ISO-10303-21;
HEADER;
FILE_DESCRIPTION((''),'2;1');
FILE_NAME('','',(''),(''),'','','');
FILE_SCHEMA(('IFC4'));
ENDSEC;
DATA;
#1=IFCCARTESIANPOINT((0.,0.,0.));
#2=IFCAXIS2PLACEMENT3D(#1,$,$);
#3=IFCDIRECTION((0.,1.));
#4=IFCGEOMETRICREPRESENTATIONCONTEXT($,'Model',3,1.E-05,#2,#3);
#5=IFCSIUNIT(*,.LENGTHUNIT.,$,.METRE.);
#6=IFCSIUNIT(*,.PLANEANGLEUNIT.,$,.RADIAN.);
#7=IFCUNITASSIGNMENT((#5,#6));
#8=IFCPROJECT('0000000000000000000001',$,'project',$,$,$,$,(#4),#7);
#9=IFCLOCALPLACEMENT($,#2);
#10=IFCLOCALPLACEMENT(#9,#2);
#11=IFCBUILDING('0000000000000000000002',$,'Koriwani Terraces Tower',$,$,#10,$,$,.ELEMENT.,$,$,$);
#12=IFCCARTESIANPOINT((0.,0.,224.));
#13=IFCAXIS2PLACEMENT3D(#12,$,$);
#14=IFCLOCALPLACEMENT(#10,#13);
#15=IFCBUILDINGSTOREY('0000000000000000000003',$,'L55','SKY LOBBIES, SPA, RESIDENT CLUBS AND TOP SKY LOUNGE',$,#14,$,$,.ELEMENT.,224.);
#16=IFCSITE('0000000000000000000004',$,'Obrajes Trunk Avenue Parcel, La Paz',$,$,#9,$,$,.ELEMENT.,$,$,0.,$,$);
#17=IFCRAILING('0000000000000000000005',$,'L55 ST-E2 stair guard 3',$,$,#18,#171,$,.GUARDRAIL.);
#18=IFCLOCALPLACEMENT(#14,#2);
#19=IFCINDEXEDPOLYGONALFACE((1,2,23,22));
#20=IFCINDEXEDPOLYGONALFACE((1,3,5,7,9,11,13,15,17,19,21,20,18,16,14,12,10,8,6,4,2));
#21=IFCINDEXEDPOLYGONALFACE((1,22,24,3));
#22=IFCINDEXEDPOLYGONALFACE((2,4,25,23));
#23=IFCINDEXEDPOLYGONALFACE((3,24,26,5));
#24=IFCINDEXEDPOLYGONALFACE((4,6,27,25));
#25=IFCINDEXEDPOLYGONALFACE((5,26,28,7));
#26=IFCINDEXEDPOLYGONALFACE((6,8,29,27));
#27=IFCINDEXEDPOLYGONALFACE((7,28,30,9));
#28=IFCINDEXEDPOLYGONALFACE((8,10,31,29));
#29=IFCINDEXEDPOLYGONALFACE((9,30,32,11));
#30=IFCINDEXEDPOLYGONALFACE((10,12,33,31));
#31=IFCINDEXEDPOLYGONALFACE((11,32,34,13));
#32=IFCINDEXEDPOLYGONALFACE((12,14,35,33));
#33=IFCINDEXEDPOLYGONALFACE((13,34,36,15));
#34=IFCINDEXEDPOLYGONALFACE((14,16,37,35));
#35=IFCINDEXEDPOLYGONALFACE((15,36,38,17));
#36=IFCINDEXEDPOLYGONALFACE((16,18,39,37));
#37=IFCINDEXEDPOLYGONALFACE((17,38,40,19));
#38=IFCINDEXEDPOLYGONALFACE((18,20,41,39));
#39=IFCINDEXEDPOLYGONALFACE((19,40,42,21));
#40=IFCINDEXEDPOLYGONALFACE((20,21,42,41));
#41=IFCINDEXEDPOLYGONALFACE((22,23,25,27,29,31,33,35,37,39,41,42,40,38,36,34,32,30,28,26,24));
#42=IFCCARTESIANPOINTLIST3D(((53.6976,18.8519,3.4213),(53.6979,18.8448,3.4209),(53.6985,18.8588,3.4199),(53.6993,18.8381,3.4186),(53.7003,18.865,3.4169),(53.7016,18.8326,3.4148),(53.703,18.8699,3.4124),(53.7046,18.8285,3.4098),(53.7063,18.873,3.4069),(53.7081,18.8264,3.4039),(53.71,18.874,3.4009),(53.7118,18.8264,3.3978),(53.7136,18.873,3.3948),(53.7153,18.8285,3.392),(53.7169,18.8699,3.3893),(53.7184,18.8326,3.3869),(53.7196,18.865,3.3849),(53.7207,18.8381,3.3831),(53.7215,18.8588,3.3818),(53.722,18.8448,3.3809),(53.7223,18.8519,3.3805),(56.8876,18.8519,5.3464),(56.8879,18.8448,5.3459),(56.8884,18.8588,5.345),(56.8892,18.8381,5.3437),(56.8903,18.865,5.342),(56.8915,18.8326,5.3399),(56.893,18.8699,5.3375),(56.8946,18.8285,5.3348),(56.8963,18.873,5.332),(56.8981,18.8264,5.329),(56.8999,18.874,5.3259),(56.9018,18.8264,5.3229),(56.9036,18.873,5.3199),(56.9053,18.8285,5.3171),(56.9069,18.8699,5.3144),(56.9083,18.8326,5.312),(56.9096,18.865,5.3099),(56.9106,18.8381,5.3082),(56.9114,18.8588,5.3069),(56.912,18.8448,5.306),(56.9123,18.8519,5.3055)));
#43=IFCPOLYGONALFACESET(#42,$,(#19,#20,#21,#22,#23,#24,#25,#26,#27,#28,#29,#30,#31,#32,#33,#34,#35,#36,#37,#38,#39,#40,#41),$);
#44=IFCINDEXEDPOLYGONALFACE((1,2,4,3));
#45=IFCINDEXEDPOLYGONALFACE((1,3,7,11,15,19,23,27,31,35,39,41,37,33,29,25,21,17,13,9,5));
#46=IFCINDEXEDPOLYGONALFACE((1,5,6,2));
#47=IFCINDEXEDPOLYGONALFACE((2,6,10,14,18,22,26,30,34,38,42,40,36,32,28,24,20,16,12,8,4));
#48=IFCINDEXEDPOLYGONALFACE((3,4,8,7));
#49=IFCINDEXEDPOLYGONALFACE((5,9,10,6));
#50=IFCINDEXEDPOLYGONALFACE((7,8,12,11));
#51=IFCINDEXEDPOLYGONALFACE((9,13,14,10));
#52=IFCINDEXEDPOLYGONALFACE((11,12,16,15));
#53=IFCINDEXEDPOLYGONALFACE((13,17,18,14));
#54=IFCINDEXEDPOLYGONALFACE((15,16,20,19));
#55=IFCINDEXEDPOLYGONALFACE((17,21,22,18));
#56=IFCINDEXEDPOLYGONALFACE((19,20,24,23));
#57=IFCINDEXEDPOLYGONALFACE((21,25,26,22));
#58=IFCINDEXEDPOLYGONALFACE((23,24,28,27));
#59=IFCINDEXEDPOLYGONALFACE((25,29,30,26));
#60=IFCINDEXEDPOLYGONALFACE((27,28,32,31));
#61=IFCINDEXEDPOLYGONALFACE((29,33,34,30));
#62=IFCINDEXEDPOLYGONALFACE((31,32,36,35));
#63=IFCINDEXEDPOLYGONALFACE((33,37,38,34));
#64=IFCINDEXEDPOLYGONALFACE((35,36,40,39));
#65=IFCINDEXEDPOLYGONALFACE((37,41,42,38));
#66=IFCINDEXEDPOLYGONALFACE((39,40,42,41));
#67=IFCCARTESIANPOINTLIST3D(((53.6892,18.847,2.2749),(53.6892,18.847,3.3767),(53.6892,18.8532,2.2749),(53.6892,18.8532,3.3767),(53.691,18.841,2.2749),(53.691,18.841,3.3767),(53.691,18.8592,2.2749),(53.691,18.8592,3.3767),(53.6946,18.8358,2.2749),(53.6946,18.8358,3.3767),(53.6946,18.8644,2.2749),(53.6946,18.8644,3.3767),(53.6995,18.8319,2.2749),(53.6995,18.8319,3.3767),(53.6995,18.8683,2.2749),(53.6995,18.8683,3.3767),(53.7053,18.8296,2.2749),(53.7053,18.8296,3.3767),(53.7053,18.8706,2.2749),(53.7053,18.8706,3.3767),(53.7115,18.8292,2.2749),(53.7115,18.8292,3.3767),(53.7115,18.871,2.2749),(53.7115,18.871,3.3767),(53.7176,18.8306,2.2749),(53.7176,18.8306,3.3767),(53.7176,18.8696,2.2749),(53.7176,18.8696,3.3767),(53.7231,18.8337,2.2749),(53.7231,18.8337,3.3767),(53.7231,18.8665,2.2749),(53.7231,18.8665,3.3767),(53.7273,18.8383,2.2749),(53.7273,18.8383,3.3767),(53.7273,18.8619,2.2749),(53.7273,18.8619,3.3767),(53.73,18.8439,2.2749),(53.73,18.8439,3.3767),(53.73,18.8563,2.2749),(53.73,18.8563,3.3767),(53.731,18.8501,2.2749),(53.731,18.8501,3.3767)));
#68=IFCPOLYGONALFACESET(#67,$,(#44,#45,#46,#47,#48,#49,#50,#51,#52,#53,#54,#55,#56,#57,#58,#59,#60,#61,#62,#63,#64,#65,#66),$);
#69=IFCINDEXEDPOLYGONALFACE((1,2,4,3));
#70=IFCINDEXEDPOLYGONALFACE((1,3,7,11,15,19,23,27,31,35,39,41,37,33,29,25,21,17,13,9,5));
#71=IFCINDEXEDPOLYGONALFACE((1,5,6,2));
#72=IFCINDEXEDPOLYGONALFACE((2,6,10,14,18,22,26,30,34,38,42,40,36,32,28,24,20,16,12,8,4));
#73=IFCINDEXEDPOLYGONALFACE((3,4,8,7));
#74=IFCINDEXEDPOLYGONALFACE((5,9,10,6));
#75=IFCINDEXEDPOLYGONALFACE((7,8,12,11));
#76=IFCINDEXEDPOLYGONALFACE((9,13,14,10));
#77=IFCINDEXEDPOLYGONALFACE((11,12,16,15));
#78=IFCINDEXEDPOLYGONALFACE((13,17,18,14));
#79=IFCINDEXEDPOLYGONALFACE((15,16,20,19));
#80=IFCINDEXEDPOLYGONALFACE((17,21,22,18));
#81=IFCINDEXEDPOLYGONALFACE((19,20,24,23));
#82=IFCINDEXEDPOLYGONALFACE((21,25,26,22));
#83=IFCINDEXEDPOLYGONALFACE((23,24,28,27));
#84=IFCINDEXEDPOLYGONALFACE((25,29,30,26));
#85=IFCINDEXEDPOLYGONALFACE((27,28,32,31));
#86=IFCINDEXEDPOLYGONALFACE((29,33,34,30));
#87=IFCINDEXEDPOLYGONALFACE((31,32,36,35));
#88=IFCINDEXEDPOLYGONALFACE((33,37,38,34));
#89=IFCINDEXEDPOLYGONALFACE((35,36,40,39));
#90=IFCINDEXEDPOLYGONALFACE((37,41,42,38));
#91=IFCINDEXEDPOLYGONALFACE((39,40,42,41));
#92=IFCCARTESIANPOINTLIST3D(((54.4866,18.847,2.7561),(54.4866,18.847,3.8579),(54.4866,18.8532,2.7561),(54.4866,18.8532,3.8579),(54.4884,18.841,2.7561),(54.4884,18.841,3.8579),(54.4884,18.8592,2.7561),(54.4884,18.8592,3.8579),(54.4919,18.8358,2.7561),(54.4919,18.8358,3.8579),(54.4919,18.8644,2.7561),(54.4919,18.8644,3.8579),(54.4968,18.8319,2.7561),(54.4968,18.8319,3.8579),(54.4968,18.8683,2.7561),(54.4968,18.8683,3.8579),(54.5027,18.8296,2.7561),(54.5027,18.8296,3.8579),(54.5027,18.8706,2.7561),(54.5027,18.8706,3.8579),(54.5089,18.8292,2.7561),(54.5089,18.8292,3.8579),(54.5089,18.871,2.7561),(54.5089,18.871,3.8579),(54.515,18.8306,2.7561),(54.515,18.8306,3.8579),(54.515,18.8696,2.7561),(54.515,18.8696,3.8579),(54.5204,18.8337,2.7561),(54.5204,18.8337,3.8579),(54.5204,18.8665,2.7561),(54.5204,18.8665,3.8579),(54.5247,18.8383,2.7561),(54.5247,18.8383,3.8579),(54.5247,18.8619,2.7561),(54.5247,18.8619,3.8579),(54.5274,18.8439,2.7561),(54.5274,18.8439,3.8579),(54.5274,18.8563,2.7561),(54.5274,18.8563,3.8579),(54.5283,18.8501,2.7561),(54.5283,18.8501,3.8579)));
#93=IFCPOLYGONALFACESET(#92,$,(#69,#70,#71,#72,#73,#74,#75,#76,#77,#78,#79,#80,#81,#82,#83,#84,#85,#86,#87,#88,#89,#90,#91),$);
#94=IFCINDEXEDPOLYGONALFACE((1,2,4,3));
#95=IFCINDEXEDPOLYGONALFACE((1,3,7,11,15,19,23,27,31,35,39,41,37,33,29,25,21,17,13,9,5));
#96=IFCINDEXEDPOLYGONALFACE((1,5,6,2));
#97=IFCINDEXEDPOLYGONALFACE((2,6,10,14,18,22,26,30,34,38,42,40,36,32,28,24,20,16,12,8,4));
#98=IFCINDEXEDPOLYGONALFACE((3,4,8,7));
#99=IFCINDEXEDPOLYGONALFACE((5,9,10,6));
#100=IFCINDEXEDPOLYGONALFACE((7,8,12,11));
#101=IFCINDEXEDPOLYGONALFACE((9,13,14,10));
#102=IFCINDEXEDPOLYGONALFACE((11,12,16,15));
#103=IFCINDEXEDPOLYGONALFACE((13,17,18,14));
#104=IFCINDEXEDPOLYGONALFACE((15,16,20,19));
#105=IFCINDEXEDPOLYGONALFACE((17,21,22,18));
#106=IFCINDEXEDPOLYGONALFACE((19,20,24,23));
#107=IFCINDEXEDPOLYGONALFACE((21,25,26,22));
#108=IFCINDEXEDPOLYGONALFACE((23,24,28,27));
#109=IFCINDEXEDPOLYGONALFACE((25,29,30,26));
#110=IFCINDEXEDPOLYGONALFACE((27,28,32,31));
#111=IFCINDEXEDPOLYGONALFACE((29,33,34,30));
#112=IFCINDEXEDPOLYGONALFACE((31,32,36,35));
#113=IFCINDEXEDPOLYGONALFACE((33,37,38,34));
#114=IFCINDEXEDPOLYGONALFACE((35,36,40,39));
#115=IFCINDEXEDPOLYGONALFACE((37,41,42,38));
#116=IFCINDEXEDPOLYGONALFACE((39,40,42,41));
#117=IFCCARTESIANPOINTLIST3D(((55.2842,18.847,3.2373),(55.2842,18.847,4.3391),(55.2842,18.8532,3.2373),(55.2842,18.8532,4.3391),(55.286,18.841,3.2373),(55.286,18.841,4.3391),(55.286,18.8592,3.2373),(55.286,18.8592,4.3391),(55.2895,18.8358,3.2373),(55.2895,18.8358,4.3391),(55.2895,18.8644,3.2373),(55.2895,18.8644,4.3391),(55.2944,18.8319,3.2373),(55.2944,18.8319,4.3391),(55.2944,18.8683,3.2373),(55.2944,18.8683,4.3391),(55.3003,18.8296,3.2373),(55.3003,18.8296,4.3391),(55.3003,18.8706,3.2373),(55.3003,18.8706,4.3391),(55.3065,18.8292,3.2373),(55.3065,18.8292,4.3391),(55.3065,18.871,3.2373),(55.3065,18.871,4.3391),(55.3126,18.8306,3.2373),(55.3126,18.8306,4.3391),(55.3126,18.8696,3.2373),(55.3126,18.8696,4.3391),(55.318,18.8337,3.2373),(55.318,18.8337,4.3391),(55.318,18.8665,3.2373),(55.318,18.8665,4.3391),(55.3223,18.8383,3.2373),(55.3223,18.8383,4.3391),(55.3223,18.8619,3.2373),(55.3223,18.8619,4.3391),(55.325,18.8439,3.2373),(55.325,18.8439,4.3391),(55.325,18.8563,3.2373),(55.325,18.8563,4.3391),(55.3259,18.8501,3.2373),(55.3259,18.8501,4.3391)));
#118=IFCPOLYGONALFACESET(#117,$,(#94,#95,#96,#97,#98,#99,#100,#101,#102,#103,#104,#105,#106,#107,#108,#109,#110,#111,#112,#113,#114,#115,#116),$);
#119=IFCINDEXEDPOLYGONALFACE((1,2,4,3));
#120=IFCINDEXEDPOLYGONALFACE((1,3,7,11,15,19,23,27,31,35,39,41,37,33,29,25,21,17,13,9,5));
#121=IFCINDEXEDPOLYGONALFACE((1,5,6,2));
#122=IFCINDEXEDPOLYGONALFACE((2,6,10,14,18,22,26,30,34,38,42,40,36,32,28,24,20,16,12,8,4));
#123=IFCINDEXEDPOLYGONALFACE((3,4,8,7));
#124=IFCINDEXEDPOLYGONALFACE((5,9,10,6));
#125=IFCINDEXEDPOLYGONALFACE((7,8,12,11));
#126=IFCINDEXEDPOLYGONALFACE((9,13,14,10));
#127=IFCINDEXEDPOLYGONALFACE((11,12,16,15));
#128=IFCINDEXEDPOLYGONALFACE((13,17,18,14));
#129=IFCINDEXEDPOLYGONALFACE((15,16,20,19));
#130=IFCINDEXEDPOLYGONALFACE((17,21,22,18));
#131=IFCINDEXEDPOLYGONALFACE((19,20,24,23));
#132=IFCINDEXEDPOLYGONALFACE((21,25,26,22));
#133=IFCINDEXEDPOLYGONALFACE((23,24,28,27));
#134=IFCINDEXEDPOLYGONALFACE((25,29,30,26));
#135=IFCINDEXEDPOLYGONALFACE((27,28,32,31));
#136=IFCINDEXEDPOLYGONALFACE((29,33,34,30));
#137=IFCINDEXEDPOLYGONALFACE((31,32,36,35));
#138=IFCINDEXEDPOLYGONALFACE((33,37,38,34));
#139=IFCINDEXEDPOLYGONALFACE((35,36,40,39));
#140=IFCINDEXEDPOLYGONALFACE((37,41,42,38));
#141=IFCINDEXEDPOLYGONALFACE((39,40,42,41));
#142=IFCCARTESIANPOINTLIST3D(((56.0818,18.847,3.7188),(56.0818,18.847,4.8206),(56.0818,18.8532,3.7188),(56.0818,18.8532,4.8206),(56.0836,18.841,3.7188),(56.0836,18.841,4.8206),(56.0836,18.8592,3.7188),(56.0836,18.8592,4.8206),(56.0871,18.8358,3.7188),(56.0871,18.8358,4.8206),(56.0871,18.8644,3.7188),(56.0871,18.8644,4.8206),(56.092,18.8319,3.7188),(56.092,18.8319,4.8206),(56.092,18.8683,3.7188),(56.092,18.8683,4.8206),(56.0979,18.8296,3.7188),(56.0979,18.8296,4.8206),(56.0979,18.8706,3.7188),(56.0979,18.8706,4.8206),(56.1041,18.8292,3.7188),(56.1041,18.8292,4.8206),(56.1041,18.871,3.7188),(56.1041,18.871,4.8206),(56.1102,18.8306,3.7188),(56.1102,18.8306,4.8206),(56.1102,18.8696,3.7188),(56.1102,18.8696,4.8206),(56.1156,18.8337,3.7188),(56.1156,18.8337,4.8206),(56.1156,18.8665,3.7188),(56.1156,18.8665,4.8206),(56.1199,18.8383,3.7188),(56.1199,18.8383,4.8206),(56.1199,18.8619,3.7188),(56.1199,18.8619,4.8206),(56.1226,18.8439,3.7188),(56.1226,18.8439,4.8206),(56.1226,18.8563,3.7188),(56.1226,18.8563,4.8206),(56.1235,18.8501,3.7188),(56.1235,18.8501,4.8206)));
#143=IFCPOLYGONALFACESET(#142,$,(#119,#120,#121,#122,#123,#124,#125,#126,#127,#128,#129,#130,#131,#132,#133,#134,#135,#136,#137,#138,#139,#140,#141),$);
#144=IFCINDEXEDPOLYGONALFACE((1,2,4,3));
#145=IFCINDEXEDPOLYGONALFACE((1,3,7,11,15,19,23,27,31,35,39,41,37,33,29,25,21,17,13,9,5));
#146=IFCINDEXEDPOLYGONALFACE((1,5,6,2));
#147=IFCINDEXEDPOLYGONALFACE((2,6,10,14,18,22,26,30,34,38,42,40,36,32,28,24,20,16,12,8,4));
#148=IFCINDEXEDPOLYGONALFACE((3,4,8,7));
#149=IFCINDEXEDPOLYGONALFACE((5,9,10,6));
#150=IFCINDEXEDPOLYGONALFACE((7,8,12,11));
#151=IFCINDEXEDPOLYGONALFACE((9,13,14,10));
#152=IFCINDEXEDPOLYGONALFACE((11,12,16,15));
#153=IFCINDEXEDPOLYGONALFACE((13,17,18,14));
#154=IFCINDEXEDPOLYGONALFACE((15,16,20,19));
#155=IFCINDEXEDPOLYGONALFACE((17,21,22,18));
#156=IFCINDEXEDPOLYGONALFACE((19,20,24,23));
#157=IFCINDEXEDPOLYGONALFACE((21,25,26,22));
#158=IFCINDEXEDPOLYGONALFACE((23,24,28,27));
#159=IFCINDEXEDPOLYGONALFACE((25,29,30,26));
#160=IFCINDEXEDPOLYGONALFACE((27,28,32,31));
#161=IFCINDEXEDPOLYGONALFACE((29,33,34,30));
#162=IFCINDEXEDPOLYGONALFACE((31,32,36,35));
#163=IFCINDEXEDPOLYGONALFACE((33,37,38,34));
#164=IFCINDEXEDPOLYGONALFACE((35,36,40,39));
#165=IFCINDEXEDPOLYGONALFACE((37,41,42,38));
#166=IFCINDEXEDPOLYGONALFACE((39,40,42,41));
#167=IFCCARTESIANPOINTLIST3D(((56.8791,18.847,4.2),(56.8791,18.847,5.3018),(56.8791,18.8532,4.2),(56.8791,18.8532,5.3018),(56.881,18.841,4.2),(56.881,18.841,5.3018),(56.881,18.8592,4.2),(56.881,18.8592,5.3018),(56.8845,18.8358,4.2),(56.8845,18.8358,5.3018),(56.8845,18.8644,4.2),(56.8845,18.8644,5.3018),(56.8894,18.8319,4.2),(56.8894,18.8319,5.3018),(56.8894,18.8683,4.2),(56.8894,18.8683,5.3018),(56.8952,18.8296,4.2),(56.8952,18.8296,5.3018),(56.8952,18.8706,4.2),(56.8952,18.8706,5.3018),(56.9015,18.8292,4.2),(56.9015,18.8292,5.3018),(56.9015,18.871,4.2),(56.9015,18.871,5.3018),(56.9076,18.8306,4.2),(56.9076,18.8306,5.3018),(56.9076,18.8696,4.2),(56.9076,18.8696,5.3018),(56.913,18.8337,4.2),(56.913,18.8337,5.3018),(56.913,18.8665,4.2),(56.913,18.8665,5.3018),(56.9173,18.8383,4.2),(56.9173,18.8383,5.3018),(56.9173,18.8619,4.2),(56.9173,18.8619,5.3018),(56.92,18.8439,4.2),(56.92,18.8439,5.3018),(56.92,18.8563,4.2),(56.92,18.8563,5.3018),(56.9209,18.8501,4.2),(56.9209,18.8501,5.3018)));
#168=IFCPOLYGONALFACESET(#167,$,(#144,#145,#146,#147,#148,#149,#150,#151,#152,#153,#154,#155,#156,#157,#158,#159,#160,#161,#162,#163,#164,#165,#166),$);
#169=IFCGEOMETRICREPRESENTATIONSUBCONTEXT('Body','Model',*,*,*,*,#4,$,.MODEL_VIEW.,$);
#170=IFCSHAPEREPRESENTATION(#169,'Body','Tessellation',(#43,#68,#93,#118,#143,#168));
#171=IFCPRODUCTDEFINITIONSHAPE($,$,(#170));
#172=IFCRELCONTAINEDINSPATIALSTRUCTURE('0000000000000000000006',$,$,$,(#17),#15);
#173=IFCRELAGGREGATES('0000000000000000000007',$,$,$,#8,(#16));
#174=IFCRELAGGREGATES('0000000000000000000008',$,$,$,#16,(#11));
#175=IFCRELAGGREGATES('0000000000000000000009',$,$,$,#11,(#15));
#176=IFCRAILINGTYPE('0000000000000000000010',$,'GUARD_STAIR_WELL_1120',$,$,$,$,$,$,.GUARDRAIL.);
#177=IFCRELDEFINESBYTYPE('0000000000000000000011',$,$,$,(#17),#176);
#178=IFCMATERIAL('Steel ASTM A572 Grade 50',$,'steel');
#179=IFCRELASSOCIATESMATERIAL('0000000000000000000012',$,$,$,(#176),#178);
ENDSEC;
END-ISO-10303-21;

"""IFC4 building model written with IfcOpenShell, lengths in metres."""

from ifc_helpers import new_model, si_unit, direction, frame, origin, origin_2d, place, context, subcontext, project, spatial, circle, extrude, material, type_object, element, save


model = new_model("IFC4")

# Units and contexts
model_context = context("Model", 3, precision=1e-05, world=origin(), true_north=direction((0.0, 1.0)))
body_context = subcontext(model_context, "Body", "Model", "MODEL_VIEW")
ifc_project = project(units=[si_unit("LENGTHUNIT", "METRE"), si_unit("PLANEANGLEUNIT", "RADIAN")], contexts=[model_context])

# Site, building, storey
site_placement = place(None, origin())
site = spatial("IfcSite", under=ifc_project, at=site_placement, Name="Obrajes Trunk Avenue Parcel, La Paz", CompositionType="ELEMENT", RefElevation=0.0)
building_placement = place(site_placement, origin())
building = spatial("IfcBuilding", under=site, at=building_placement, Name="Koriwani Terraces Tower", CompositionType="ELEMENT")
storey_placement = place(building_placement, frame((0.0, 0.0, 224.0)))
storey = spatial("IfcBuildingStorey", under=building, at=storey_placement, Name="L55", Description="SKY LOBBIES, SPA, RESIDENT CLUBS AND TOP SKY LOUNGE", CompositionType="ELEMENT", Elevation=224.0)

# Shared definitions
ifc_material_1 = material(Name="Steel ASTM A572 Grade 50", Category="steel")

# Railing
railing_type_1 = type_object("IfcRailingType", Name="GUARD_STAIR_WELL_1120", PredefinedType="GUARDRAIL", material=ifc_material_1)
railing_1_placement = place(storey_placement, frame((53.71, 18.8501, 2.2749)))
element("IfcRailing", 1, at=railing_1_placement, inside=storey, type_object=railing_type_1, Name="L55 ST-E2 stair guard 3", PredefinedType="GUARDRAIL", context=body_context, shape_type="SweptSolid", body=[
    extrude(circle(Radius=0.0239, at=origin_2d()), frame((0.0, 0.0, 1.126), z_axis=(0.856178, 0.0, 0.516682), x_axis=(0.0, 1.0, 0.0)), (0.0, 0.0, 1.0), 3.7258),
    extrude(circle(Radius=0.021, at=origin_2d()), origin(), (0.0, 0.0, 1.0), 1.1018),
    extrude(circle(Radius=0.021, at=origin_2d()), frame((0.7974, 0.0, 0.4812)), (0.0, 0.0, 1.0), 1.1018),
    extrude(circle(Radius=0.021, at=origin_2d()), frame((1.595, 0.0, 0.9624)), (0.0, 0.0, 1.0), 1.1018),
    extrude(circle(Radius=0.021, at=origin_2d()), frame((2.3926, 0.0, 1.4438)), (0.0, 0.0, 1.0), 1.1018),
    extrude(circle(Radius=0.021, at=origin_2d()), frame((3.1899, 0.0, 1.925)), (0.0, 0.0, 1.0), 1.1018),
])

save(model, "model.ifc")
